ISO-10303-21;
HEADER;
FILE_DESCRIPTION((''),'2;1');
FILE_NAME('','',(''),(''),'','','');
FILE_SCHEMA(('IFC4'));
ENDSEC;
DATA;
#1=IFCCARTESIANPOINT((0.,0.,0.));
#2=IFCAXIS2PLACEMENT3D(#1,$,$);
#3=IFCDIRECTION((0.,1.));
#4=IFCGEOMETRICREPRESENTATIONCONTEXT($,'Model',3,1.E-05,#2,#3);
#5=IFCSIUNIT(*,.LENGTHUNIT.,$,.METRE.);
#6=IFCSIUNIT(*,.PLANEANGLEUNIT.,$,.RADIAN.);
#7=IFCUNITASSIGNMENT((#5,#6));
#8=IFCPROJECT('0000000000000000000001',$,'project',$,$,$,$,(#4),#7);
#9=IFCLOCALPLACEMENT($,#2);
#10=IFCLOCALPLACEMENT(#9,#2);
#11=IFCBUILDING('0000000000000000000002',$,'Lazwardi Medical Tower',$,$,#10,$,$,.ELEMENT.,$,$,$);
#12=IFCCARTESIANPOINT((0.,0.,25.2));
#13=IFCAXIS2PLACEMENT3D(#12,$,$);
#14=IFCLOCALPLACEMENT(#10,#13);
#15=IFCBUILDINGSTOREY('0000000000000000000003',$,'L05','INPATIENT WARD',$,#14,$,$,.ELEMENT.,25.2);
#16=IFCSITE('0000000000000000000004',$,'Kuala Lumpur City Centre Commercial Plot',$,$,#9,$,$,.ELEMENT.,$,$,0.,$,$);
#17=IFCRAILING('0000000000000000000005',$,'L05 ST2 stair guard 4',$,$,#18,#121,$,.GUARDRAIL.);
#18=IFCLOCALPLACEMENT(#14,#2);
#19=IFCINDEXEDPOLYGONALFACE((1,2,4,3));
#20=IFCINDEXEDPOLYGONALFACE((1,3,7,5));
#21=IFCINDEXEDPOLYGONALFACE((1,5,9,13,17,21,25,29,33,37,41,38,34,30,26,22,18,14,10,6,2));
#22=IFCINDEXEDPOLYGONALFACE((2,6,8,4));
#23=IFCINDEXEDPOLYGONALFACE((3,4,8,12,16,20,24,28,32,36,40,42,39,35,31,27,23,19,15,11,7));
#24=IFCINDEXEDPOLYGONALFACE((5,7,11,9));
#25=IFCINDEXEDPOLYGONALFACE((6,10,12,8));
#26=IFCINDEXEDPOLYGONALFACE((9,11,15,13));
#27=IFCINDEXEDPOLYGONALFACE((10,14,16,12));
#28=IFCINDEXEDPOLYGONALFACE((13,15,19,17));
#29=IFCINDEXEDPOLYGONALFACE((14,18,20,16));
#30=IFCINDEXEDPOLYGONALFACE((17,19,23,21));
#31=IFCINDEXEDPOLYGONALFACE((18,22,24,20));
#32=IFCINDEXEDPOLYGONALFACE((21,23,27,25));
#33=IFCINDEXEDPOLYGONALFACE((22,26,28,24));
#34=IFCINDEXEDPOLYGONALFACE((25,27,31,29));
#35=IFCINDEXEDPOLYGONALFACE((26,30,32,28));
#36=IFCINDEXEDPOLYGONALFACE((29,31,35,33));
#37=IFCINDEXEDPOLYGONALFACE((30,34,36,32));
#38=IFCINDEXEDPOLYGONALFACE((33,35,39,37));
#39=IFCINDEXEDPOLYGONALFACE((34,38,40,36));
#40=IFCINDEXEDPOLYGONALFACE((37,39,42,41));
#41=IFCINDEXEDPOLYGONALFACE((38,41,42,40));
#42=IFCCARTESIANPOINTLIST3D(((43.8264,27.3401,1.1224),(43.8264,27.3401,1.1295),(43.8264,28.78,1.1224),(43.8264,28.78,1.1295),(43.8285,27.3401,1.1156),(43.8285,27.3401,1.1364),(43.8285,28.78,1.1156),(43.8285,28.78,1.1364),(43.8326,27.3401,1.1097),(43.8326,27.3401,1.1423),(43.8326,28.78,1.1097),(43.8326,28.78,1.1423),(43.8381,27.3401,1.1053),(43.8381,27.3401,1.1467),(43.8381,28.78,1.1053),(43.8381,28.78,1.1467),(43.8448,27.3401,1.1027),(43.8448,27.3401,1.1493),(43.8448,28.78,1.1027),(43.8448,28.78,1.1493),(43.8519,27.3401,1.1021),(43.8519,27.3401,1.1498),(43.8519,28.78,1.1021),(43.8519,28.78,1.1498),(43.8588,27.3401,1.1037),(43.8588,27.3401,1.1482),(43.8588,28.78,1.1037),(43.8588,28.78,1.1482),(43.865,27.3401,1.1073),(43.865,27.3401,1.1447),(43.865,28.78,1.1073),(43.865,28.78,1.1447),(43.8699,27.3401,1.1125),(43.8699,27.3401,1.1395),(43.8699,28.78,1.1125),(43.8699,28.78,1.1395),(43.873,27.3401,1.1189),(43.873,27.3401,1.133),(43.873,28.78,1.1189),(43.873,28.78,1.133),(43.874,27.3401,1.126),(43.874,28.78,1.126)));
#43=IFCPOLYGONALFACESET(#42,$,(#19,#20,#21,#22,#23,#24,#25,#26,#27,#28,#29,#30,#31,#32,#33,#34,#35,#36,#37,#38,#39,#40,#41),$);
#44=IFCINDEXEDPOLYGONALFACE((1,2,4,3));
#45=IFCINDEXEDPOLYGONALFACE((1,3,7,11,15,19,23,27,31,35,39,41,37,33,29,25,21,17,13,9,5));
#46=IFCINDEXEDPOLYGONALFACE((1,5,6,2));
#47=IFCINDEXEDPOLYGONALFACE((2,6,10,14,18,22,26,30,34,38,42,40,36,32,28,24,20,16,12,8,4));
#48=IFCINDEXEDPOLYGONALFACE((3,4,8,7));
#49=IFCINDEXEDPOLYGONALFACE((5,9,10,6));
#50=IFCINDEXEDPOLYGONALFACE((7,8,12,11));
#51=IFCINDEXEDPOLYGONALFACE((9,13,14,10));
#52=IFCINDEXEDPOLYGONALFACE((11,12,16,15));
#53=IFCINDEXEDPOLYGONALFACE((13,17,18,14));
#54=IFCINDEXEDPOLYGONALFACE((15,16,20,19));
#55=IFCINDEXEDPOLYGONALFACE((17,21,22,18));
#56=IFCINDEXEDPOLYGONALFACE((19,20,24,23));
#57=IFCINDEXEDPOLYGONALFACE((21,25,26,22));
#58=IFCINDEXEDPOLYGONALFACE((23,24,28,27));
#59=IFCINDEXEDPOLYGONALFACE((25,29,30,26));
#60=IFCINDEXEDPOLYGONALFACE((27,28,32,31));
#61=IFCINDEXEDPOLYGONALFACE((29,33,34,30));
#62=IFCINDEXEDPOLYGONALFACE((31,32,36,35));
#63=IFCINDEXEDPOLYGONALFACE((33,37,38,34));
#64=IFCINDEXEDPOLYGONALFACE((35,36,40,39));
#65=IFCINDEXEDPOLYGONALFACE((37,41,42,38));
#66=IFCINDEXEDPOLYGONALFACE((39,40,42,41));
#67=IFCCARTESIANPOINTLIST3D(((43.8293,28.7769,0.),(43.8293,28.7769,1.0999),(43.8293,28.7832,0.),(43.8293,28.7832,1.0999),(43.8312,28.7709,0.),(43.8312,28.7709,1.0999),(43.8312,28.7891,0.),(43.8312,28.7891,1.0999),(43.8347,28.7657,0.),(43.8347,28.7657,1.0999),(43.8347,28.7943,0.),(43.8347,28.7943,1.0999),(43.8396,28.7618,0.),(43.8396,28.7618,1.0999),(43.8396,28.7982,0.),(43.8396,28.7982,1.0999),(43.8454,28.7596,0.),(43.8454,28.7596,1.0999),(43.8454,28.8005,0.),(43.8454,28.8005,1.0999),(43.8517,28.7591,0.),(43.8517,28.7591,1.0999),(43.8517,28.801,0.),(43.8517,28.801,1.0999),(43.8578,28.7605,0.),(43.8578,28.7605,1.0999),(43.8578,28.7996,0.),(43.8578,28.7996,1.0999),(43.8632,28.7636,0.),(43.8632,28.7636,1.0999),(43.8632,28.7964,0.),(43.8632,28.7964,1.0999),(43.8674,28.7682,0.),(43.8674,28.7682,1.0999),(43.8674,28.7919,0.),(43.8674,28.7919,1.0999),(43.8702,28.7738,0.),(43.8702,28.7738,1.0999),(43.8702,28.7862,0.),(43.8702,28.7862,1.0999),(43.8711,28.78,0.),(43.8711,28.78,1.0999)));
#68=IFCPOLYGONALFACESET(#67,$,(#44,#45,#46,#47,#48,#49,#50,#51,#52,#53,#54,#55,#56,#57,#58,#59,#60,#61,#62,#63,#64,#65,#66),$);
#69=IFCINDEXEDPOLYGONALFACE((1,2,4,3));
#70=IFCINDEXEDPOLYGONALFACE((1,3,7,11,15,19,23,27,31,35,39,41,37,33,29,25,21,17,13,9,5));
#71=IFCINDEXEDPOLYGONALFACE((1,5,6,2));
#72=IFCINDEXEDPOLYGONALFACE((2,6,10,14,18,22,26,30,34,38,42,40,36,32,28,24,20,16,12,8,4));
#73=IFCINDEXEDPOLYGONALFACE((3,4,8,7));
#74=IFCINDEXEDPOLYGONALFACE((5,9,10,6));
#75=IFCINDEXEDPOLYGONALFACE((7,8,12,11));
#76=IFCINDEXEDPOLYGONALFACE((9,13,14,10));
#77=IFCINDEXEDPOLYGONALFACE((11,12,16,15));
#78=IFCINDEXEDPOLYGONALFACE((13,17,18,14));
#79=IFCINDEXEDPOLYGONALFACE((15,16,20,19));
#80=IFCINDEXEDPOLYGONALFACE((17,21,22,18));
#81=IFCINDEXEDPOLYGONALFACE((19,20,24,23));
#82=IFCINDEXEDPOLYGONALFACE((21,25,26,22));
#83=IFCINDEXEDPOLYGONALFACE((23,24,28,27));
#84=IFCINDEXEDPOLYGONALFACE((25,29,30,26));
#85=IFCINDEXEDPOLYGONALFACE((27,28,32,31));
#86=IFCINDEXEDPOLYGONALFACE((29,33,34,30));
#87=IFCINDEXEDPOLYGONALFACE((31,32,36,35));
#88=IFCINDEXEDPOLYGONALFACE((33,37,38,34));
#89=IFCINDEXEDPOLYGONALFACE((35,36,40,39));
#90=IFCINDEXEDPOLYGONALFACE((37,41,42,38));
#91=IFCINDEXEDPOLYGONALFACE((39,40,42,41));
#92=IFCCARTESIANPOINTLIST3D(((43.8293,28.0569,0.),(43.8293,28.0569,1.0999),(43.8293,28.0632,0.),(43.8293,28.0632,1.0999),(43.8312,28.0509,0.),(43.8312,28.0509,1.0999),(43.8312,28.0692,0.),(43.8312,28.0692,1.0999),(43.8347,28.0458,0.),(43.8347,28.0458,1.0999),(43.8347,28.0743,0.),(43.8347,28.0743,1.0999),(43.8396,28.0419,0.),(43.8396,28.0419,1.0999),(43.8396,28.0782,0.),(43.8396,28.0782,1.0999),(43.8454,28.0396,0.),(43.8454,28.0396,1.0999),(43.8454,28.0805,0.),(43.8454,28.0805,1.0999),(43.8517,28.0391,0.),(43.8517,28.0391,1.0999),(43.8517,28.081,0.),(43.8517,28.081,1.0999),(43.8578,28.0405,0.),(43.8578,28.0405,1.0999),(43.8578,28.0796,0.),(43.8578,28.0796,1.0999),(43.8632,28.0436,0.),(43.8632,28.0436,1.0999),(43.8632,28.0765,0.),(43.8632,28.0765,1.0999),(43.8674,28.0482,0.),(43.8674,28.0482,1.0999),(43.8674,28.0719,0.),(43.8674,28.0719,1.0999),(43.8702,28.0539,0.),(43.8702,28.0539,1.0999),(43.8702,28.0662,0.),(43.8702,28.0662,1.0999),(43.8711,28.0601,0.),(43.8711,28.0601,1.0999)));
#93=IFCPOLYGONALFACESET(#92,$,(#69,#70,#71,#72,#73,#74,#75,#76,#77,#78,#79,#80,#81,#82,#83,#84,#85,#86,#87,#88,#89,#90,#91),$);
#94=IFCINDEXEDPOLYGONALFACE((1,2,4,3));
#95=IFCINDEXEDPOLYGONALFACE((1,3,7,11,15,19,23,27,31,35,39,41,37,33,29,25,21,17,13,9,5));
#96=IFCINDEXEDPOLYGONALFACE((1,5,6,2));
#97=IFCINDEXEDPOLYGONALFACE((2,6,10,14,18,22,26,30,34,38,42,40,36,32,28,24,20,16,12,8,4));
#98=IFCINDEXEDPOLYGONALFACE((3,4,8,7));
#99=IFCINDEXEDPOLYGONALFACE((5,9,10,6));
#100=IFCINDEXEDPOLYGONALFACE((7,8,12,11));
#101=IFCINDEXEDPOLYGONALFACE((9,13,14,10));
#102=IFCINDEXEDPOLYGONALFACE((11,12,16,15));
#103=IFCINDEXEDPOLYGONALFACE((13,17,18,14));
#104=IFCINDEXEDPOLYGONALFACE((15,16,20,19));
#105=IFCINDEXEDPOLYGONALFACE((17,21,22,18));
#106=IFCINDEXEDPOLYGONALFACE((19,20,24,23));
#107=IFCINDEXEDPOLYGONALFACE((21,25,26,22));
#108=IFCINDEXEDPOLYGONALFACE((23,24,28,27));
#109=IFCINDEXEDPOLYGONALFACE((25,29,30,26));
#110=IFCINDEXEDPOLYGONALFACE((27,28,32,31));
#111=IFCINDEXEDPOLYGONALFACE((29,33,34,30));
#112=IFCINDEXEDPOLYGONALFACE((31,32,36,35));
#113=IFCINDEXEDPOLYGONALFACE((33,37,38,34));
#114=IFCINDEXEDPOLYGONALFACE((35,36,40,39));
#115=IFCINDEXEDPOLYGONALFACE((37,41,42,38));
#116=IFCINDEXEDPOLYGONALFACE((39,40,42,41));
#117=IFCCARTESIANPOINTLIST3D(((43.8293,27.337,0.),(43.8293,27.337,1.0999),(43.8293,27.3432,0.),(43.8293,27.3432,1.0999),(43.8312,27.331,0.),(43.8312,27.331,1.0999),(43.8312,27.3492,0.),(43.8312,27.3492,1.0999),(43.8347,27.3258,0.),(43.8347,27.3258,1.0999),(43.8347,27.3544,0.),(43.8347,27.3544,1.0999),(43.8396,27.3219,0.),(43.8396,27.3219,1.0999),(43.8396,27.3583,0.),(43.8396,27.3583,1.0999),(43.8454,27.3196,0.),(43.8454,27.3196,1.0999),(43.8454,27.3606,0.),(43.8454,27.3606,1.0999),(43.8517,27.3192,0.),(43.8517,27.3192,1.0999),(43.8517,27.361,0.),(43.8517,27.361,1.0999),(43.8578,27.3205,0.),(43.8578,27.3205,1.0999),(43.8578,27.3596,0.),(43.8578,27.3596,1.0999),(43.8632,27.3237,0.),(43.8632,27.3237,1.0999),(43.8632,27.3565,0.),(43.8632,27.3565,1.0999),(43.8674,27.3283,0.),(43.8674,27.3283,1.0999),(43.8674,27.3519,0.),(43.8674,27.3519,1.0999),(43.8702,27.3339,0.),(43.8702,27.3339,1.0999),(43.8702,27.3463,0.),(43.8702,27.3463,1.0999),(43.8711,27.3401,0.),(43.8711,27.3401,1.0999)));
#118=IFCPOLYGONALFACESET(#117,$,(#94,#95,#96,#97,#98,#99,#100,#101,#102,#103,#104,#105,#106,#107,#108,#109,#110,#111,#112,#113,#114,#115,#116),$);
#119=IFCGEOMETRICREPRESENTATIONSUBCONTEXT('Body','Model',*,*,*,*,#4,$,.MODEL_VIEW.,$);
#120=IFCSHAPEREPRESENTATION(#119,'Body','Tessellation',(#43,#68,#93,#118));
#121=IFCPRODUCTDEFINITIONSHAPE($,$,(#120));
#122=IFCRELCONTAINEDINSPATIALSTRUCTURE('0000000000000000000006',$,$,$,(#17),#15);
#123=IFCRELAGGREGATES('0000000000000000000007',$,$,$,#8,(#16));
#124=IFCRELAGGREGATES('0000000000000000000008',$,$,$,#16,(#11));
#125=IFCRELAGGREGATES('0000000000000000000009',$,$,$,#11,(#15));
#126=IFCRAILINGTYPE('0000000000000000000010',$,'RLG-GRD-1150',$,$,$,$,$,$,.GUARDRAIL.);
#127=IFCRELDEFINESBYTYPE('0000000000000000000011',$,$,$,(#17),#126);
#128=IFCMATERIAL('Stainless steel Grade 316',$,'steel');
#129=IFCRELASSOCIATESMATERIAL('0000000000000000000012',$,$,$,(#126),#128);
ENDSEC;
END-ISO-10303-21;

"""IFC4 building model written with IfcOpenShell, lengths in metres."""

from ifc_helpers import new_model, si_unit, direction, frame, origin, origin_2d, place, context, subcontext, project, spatial, circle, extrude, material, type_object, element, save


model = new_model("IFC4")

# Units and contexts
model_context = context("Model", 3, precision=1e-05, world=origin(), true_north=direction((0.0, 1.0)))
body_context = subcontext(model_context, "Body", "Model", "MODEL_VIEW")
ifc_project = project(units=[si_unit("LENGTHUNIT", "METRE"), si_unit("PLANEANGLEUNIT", "RADIAN")], contexts=[model_context])

# Site, building, storey
site_placement = place(None, origin())
site = spatial("IfcSite", under=ifc_project, at=site_placement, Name="Kuala Lumpur City Centre Commercial Plot", CompositionType="ELEMENT", RefElevation=0.0)
building_placement = place(site_placement, origin())
building = spatial("IfcBuilding", under=site, at=building_placement, Name="Lazwardi Medical Tower", CompositionType="ELEMENT")
storey_placement = place(building_placement, frame((0.0, 0.0, 25.2)))
storey = spatial("IfcBuildingStorey", under=building, at=storey_placement, Name="L05", Description="INPATIENT WARD", CompositionType="ELEMENT", Elevation=25.2)

# Railing
ifc_material_1 = material(Name="Stainless steel Grade 316", Category="steel")
railing_type_1 = type_object("IfcRailingType", Name="RLG-GRD-1150", PredefinedType="GUARDRAIL", material=ifc_material_1)
railing_1_placement = place(storey_placement, frame((43.8501, 28.78, 0.0)))
element("IfcRailing", 1, at=railing_1_placement, inside=storey, type_object=railing_type_1, Name="L05 ST2 stair guard 4", PredefinedType="GUARDRAIL", context=body_context, shape_type="SweptSolid", body=[
    extrude(circle(Radius=0.0239, at=origin_2d()), frame((0.0, 0.0, 1.126), z_axis=(0.0, -1.0, 0.0), x_axis=(1.0, 0.0, 0.0)), (0.0, 0.0, 1.0), 1.4399),
    extrude(circle(Radius=0.021, at=origin_2d()), origin(), (0.0, 0.0, 1.0), 1.0999),
    extrude(circle(Radius=0.021, at=origin_2d()), frame((0.0, -0.72, 0.0)), (0.0, 0.0, 1.0), 1.0999),
    extrude(circle(Radius=0.021, at=origin_2d()), frame((0.0, -1.4399, 0.0)), (0.0, 0.0, 1.0), 1.0999),
])

save(model, "model.ifc")
